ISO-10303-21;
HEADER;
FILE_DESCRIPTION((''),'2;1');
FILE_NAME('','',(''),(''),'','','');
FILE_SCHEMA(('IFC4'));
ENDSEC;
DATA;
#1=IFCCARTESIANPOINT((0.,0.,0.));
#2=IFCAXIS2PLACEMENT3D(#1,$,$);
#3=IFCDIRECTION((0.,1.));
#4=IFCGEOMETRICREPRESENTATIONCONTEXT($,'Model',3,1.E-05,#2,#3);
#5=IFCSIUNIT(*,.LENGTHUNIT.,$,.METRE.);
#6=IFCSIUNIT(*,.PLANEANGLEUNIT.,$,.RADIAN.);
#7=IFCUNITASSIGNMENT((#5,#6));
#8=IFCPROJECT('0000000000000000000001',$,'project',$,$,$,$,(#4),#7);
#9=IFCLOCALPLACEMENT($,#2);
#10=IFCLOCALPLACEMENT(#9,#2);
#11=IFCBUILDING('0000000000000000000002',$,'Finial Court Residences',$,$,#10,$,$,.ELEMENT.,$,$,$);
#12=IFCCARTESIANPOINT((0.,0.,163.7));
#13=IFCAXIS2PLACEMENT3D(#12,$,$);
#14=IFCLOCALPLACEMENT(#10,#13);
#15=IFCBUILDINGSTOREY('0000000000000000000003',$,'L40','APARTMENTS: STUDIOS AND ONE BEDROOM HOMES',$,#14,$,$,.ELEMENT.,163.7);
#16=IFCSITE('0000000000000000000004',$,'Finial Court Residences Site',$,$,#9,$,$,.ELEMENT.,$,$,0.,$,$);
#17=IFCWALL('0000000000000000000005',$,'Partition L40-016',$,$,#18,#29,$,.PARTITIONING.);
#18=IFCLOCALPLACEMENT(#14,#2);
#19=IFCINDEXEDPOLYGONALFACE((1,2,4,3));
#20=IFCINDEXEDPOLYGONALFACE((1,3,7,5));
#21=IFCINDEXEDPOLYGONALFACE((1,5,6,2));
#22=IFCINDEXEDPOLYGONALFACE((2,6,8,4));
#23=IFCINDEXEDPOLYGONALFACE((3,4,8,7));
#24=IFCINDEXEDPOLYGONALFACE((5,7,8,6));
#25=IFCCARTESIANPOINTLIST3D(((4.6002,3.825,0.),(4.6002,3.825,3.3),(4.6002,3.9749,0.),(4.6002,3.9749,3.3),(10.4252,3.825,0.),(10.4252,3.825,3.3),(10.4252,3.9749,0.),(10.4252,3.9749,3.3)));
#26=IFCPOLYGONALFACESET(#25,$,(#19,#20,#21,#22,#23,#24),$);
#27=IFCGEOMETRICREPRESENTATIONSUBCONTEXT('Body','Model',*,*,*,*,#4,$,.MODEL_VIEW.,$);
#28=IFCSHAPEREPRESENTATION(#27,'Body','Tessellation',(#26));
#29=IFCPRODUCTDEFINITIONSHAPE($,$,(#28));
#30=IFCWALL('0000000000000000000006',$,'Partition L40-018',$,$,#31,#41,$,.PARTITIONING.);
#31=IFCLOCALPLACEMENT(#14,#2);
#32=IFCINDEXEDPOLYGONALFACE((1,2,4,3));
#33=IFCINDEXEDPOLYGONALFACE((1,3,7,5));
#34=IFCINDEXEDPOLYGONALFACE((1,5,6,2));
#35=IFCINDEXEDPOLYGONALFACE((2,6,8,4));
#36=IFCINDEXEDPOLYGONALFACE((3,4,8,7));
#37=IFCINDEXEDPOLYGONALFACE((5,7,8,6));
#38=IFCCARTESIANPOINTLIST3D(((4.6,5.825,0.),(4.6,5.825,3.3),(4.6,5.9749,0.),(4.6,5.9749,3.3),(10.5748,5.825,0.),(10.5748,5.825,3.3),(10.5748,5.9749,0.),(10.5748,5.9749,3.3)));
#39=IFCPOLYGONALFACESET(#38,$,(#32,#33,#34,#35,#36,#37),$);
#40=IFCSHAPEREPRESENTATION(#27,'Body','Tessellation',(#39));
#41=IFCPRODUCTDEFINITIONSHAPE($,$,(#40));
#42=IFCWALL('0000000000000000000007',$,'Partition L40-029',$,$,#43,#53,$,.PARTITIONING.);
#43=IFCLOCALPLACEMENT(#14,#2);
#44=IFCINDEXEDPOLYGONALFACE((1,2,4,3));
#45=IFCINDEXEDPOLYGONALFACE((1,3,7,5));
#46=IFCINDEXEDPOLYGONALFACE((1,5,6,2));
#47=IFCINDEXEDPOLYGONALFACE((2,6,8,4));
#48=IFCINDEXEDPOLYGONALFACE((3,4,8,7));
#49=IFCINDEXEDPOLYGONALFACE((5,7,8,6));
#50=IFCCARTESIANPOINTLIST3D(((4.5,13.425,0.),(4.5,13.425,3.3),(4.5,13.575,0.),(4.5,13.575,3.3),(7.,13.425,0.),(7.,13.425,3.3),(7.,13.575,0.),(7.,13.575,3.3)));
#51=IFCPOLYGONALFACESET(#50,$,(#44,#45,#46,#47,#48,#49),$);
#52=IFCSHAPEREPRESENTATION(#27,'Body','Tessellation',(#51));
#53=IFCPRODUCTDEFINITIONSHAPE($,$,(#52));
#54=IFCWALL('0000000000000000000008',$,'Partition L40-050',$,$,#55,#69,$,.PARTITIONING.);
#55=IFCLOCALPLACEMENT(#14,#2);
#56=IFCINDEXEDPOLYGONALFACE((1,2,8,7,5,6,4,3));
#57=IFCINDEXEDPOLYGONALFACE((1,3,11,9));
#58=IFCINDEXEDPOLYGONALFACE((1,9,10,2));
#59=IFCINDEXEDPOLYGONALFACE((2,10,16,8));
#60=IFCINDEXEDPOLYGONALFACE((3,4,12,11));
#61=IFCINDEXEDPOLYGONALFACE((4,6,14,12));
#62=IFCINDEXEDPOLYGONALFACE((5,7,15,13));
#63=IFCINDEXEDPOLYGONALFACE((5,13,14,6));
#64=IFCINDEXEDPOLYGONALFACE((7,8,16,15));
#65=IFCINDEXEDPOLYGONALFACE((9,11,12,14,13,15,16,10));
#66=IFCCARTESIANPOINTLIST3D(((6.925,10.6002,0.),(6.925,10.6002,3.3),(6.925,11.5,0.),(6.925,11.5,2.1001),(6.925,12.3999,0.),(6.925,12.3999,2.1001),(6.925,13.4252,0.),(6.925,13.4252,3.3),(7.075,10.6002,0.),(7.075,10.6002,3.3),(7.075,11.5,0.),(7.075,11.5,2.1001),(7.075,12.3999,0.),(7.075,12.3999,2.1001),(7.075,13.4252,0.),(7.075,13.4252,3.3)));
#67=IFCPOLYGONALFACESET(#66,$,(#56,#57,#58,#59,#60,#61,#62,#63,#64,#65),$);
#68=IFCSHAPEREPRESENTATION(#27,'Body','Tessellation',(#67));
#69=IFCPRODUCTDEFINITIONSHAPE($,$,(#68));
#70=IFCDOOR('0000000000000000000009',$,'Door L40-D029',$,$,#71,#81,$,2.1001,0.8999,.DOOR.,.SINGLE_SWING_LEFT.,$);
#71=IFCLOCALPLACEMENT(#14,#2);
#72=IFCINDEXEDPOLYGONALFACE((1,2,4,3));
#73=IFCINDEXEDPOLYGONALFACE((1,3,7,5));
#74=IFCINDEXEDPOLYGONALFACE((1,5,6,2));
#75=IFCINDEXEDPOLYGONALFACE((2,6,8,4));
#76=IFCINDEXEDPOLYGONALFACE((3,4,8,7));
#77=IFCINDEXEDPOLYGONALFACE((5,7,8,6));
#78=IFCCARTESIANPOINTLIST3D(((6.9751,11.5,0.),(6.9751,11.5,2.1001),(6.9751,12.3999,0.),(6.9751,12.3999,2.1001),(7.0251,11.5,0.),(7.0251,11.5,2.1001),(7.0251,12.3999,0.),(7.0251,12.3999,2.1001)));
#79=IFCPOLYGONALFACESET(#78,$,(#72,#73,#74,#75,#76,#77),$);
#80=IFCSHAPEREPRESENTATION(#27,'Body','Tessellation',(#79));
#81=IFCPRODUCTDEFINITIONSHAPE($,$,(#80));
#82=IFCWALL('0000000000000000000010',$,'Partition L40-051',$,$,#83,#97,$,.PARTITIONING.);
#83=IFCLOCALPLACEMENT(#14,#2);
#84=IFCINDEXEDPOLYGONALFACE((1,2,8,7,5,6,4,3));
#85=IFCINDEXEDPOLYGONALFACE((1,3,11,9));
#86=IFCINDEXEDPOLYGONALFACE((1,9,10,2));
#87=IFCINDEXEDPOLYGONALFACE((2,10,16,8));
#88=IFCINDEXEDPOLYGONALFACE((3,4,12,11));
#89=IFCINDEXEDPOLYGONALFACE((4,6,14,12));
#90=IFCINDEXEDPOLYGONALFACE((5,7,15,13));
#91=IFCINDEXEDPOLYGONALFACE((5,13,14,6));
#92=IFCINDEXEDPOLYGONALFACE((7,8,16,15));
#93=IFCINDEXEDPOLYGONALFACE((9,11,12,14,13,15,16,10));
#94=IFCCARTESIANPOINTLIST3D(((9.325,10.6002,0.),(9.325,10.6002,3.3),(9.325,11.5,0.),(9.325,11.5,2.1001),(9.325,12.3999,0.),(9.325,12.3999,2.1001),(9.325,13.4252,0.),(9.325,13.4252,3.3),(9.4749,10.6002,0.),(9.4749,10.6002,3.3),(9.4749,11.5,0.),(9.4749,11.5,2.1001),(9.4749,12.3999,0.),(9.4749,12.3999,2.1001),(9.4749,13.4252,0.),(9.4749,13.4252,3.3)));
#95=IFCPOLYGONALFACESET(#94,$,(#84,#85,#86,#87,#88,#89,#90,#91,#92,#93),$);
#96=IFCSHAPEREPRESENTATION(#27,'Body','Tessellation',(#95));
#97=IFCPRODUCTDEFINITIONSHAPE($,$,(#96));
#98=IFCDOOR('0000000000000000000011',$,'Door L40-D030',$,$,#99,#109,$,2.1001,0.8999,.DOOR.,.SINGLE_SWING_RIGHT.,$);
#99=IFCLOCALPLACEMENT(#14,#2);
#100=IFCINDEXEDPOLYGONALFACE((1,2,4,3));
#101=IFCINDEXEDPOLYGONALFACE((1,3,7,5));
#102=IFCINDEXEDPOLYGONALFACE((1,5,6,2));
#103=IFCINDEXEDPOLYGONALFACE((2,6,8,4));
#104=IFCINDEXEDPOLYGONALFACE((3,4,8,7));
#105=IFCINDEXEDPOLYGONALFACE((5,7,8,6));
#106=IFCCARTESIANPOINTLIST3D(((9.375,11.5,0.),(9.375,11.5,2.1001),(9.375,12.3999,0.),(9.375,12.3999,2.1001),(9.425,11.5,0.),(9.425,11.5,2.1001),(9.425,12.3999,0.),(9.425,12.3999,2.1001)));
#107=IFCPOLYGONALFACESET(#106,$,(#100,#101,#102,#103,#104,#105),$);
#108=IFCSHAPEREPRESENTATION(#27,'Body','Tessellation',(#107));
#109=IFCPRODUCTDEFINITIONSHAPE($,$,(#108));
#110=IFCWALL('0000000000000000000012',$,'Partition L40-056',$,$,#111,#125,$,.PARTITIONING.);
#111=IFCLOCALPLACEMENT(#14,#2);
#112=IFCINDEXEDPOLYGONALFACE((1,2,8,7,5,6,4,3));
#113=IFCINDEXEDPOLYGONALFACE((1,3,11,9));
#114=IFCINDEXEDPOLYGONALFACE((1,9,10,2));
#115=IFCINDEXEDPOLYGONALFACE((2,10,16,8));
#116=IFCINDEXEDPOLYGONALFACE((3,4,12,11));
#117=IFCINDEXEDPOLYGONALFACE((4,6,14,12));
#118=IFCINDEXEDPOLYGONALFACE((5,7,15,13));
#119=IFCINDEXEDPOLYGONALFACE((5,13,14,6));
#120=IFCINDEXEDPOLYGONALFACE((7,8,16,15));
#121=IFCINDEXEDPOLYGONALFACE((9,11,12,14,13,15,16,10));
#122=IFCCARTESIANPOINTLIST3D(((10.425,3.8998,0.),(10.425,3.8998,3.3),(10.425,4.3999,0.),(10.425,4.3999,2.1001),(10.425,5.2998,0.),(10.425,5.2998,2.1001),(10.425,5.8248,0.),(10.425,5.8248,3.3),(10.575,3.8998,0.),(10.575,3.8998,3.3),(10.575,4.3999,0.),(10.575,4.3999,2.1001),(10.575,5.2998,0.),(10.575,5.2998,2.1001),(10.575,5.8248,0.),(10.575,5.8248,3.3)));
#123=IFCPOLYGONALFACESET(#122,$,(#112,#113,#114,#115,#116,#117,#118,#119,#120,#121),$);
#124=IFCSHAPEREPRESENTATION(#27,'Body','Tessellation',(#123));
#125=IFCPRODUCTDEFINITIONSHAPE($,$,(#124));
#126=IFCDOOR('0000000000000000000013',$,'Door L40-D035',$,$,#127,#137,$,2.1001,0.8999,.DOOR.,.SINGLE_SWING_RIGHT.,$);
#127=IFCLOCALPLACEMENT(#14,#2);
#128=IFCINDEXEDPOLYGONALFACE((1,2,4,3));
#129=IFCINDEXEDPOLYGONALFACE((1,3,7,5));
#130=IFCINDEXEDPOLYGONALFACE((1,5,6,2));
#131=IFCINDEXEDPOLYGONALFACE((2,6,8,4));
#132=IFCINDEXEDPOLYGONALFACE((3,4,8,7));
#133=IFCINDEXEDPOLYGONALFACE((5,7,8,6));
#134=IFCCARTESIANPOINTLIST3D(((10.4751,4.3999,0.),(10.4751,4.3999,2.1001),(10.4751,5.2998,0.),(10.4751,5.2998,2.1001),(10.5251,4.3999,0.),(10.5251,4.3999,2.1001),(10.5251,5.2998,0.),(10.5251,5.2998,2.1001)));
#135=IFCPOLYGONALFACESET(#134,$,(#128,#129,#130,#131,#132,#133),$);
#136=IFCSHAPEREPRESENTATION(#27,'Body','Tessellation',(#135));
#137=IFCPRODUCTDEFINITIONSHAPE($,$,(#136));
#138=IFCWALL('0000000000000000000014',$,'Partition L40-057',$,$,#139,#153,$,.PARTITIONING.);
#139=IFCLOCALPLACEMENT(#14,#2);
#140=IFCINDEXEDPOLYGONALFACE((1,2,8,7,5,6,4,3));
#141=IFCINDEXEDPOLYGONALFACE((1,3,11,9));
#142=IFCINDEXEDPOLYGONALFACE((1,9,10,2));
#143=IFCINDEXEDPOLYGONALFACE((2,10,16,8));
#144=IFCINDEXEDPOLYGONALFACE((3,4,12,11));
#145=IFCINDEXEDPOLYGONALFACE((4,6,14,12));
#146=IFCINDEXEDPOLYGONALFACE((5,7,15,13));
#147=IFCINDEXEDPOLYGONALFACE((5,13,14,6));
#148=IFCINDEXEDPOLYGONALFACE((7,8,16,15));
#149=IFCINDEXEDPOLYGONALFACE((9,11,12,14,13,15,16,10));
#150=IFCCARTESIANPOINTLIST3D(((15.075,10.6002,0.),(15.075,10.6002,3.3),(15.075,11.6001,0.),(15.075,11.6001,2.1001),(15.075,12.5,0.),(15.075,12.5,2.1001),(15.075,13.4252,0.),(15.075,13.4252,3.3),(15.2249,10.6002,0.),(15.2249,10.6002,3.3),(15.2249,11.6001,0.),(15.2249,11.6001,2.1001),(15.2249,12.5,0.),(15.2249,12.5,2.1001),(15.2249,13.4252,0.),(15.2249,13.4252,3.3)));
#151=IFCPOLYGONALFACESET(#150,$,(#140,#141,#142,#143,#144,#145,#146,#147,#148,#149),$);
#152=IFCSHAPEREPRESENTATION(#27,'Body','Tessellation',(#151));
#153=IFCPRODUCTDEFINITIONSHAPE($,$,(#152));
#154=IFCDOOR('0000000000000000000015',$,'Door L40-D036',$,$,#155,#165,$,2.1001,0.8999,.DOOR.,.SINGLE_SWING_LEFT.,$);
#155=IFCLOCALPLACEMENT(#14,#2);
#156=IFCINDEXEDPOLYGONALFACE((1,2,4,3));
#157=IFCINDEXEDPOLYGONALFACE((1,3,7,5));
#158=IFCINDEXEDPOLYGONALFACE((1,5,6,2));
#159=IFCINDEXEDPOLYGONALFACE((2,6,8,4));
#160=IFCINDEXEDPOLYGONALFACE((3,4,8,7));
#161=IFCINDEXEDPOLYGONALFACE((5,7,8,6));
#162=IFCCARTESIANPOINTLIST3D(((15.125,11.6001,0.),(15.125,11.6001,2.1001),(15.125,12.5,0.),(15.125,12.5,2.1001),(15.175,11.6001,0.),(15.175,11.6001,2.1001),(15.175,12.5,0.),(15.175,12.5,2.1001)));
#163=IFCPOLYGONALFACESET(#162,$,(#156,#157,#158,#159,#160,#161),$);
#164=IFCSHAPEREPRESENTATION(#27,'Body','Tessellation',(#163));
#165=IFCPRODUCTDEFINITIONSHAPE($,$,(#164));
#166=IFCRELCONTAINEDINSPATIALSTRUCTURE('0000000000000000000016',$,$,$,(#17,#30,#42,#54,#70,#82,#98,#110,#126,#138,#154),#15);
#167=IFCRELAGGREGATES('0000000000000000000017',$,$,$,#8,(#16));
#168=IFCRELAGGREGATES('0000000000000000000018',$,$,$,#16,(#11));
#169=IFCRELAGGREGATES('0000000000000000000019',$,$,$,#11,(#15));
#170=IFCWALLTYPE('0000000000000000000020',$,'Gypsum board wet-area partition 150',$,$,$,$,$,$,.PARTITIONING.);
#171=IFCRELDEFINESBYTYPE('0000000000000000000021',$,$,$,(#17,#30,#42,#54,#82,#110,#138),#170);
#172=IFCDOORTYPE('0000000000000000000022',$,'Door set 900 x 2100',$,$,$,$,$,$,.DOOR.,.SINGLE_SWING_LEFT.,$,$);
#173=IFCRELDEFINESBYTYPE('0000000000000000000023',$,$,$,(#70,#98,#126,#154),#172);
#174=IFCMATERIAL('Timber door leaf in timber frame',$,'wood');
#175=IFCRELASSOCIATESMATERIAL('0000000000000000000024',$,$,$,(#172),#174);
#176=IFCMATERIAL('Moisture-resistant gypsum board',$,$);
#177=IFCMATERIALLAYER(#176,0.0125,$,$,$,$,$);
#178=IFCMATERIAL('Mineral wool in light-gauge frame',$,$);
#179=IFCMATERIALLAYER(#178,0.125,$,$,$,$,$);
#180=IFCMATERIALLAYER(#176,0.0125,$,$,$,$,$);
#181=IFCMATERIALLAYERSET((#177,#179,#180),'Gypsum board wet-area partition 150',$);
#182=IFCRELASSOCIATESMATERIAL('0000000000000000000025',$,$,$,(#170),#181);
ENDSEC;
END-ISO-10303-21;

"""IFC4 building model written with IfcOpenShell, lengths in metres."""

from ifc_helpers import new_model, si_unit, direction, frame, frame_2d, origin, place, context, subcontext, project, spatial, rectangle, extrude, material, layer, layer_set, type_object, element, fill, save


model = new_model("IFC4")

# Units and contexts
model_context = context("Model", 3, precision=1e-05, world=origin(), true_north=direction((0.0, 1.0)))
body_context = subcontext(model_context, "Body", "Model", "MODEL_VIEW")
ifc_project = project(units=[si_unit("LENGTHUNIT", "METRE"), si_unit("PLANEANGLEUNIT", "RADIAN")], contexts=[model_context])

# Site, building, storey
site_placement = place(None, origin())
site = spatial("IfcSite", under=ifc_project, at=site_placement, Name="Finial Court Residences Site", CompositionType="ELEMENT", RefElevation=0.0)
building_placement = place(site_placement, origin())
building = spatial("IfcBuilding", under=site, at=building_placement, Name="Finial Court Residences", CompositionType="ELEMENT")
storey_placement = place(building_placement, frame((0.0, 0.0, 163.7)))
storey = spatial("IfcBuildingStorey", under=building, at=storey_placement, Name="L40", Description="APARTMENTS: STUDIOS AND ONE BEDROOM HOMES", CompositionType="ELEMENT", Elevation=163.7)

# Shared definitions
ifc_material_1 = material(Name="Mineral wool in light-gauge frame")
ifc_material_2 = material(Name="Timber door leaf in timber frame", Category="wood")
door_type = type_object("IfcDoorType", Name="Door set 900 x 2100", OperationType="SINGLE_SWING_LEFT", PredefinedType="DOOR", material=ifc_material_2)

# Walls
ifc_material_3 = material(Name="Moisture-resistant gypsum board")
ifc_layer_1 = layer(ifc_material_3, 0.0125)
ifc_layer_2 = layer(ifc_material_1, 0.125)
ifc_layer_3 = layer(ifc_material_3, 0.0125)
ifc_layer_set_1 = layer_set([ifc_layer_1, ifc_layer_2, ifc_layer_3], Name="Gypsum board wet-area partition 150")
wall_type_1 = type_object("IfcWallType", Name="Gypsum board wet-area partition 150", PredefinedType="PARTITIONING", material=ifc_layer_set_1)
wall_1_placement = place(storey_placement, frame((4.6001, 3.8999, 0.0), z_axis=(0.0, 0.0, 1.0), x_axis=(1.0, 0.0, 0.0)))
element("IfcWall", 1, at=wall_1_placement, inside=storey, type_object=wall_type_1, Name="Partition L40-016", PredefinedType="PARTITIONING", context=body_context, shape_type="SweptSolid", body=[
    extrude(rectangle(XDim=5.825, YDim=0.1499, at=frame_2d((2.9126, 0.0))), origin(), (0.0, 0.0, 1.0), 3.3),
])
wall_2_placement = place(storey_placement, frame((4.6001, 5.8999, 0.0), z_axis=(0.0, 0.0, 1.0), x_axis=(1.0, 0.0, 0.0)))
element("IfcWall", 2, at=wall_2_placement, inside=storey, type_object=wall_type_1, Name="Partition L40-018", PredefinedType="PARTITIONING", context=body_context, shape_type="SweptSolid", body=[
    extrude(rectangle(XDim=5.9749, YDim=0.1499, at=frame_2d((2.9873, 0.0))), origin(), (0.0, 0.0, 1.0), 3.3),
])
wall_3_placement = place(storey_placement, frame((4.5, 13.5, 0.0), z_axis=(0.0, 0.0, 1.0), x_axis=(1.0, 0.0, 0.0)))
element("IfcWall", 3, at=wall_3_placement, inside=storey, type_object=wall_type_1, Name="Partition L40-029", PredefinedType="PARTITIONING", context=body_context, shape_type="SweptSolid", body=[
    extrude(rectangle(XDim=2.5, YDim=0.1499, at=frame_2d((1.25, 0.0))), origin(), (0.0, 0.0, 1.0), 3.3),
])

# Walls, openings, doors
wall_4_placement = place(storey_placement, frame((7.0, 10.6001, 0.0), z_axis=(0.0, 0.0, 1.0), x_axis=(0.0, 1.0, 0.0)))
wall_4 = element("IfcWall", 4, at=wall_4_placement, inside=storey, type_object=wall_type_1, Name="Partition L40-050", PredefinedType="PARTITIONING", context=body_context, shape_type="SweptSolid", body=[
    extrude(rectangle(XDim=2.825, YDim=0.1499, at=frame_2d((1.4126, 0.0))), origin(), (0.0, 0.0, 1.0), 3.3),
])
opening_1_placement = place(wall_4_placement, frame((0.8999, 0.0, 0.0)))
opening_1 = element("IfcOpeningElement", 5, at=opening_1_placement, cuts=wall_4, PredefinedType="OPENING", context=body_context, shape_type="SweptSolid", body=[
    extrude(rectangle(XDim=0.8999, YDim=2.1001, at=frame_2d((0.45, 1.05))), frame((0.0, 0.085, 0.0), z_axis=(0.0, -1.0, 0.0), x_axis=(1.0, 0.0, 0.0)), (0.0, 0.0, 1.0), 0.1699),
])
door_1_placement = place(opening_1_placement, origin())
door_1 = element("IfcDoor", 6, at=door_1_placement, inside=storey, type_object=door_type, Name="Door L40-D029", OperationType="SINGLE_SWING_LEFT", OverallHeight=2.1001, OverallWidth=0.8999, PredefinedType="DOOR", context=body_context, shape_type="SweptSolid", body=[
    extrude(rectangle(XDim=0.8999, YDim=2.1001, at=frame_2d((0.45, 1.05))), frame((0.0, 0.0249, 0.0), z_axis=(0.0, -1.0, 0.0), x_axis=(1.0, 0.0, 0.0)), (0.0, 0.0, 1.0), 0.05),
])
fill(opening_1, door_1)
wall_5_placement = place(storey_placement, frame((9.3999, 10.6001, 0.0), z_axis=(0.0, 0.0, 1.0), x_axis=(0.0, 1.0, 0.0)))
wall_5 = element("IfcWall", 7, at=wall_5_placement, inside=storey, type_object=wall_type_1, Name="Partition L40-051", PredefinedType="PARTITIONING", context=body_context, shape_type="SweptSolid", body=[
    extrude(rectangle(XDim=2.825, YDim=0.1499, at=frame_2d((1.4126, 0.0))), origin(), (0.0, 0.0, 1.0), 3.3),
])
opening_2_placement = place(wall_5_placement, frame((0.8999, 0.0, 0.0)))
opening_2 = element("IfcOpeningElement", 8, at=opening_2_placement, cuts=wall_5, PredefinedType="OPENING", context=body_context, shape_type="SweptSolid", body=[
    extrude(rectangle(XDim=0.8999, YDim=2.1001, at=frame_2d((0.45, 1.05))), frame((0.0, 0.085, 0.0), z_axis=(0.0, -1.0, 0.0), x_axis=(1.0, 0.0, 0.0)), (0.0, 0.0, 1.0), 0.1699),
])
door_2_placement = place(opening_2_placement, origin())
door_2 = element("IfcDoor", 9, at=door_2_placement, inside=storey, type_object=door_type, Name="Door L40-D030", OperationType="SINGLE_SWING_RIGHT", OverallHeight=2.1001, OverallWidth=0.8999, PredefinedType="DOOR", context=body_context, shape_type="SweptSolid", body=[
    extrude(rectangle(XDim=0.8999, YDim=2.1001, at=frame_2d((0.45, 1.05))), frame((0.0, 0.0249, 0.0), z_axis=(0.0, -1.0, 0.0), x_axis=(1.0, 0.0, 0.0)), (0.0, 0.0, 1.0), 0.05),
])
fill(opening_2, door_2)
wall_6_placement = place(storey_placement, frame((10.5, 3.8999, 0.0), z_axis=(0.0, 0.0, 1.0), x_axis=(0.0, 1.0, 0.0)))
wall_6 = element("IfcWall", 10, at=wall_6_placement, inside=storey, type_object=wall_type_1, Name="Partition L40-056", PredefinedType="PARTITIONING", context=body_context, shape_type="SweptSolid", body=[
    extrude(rectangle(XDim=1.925, YDim=0.1499, at=frame_2d((0.9624, 0.0))), origin(), (0.0, 0.0, 1.0), 3.3),
])
opening_3_placement = place(wall_6_placement, frame((0.5, 0.0, 0.0)))
opening_3 = element("IfcOpeningElement", 11, at=opening_3_placement, cuts=wall_6, PredefinedType="OPENING", context=body_context, shape_type="SweptSolid", body=[
    extrude(rectangle(XDim=0.8999, YDim=2.1001, at=frame_2d((0.45, 1.05))), frame((0.0, 0.085, 0.0), z_axis=(0.0, -1.0, 0.0), x_axis=(1.0, 0.0, 0.0)), (0.0, 0.0, 1.0), 0.1699),
])
door_3_placement = place(opening_3_placement, origin())
door_3 = element("IfcDoor", 12, at=door_3_placement, inside=storey, type_object=door_type, Name="Door L40-D035", OperationType="SINGLE_SWING_RIGHT", OverallHeight=2.1001, OverallWidth=0.8999, PredefinedType="DOOR", context=body_context, shape_type="SweptSolid", body=[
    extrude(rectangle(XDim=0.8999, YDim=2.1001, at=frame_2d((0.45, 1.05))), frame((0.0, 0.0249, 0.0), z_axis=(0.0, -1.0, 0.0), x_axis=(1.0, 0.0, 0.0)), (0.0, 0.0, 1.0), 0.05),
])
fill(opening_3, door_3)
wall_7_placement = place(storey_placement, frame((15.1499, 10.6001, 0.0), z_axis=(0.0, 0.0, 1.0), x_axis=(0.0, 1.0, 0.0)))
wall_7 = element("IfcWall", 13, at=wall_7_placement, inside=storey, type_object=wall_type_1, Name="Partition L40-057", PredefinedType="PARTITIONING", context=body_context, shape_type="SweptSolid", body=[
    extrude(rectangle(XDim=2.825, YDim=0.1499, at=frame_2d((1.4126, 0.0))), origin(), (0.0, 0.0, 1.0), 3.3),
])
opening_4_placement = place(wall_7_placement, frame((1.0, 0.0, 0.0)))
opening_4 = element("IfcOpeningElement", 14, at=opening_4_placement, cuts=wall_7, PredefinedType="OPENING", context=body_context, shape_type="SweptSolid", body=[
    extrude(rectangle(XDim=0.8999, YDim=2.1001, at=frame_2d((0.45, 1.05))), frame((0.0, 0.085, 0.0), z_axis=(0.0, -1.0, 0.0), x_axis=(1.0, 0.0, 0.0)), (0.0, 0.0, 1.0), 0.1699),
])
door_4_placement = place(opening_4_placement, origin())
door_4 = element("IfcDoor", 15, at=door_4_placement, inside=storey, type_object=door_type, Name="Door L40-D036", OperationType="SINGLE_SWING_LEFT", OverallHeight=2.1001, OverallWidth=0.8999, PredefinedType="DOOR", context=body_context, shape_type="SweptSolid", body=[
    extrude(rectangle(XDim=0.8999, YDim=2.1001, at=frame_2d((0.45, 1.05))), frame((0.0, 0.0249, 0.0), z_axis=(0.0, -1.0, 0.0), x_axis=(1.0, 0.0, 0.0)), (0.0, 0.0, 1.0), 0.05),
])
fill(opening_4, door_4)

save(model, "model.ifc")
